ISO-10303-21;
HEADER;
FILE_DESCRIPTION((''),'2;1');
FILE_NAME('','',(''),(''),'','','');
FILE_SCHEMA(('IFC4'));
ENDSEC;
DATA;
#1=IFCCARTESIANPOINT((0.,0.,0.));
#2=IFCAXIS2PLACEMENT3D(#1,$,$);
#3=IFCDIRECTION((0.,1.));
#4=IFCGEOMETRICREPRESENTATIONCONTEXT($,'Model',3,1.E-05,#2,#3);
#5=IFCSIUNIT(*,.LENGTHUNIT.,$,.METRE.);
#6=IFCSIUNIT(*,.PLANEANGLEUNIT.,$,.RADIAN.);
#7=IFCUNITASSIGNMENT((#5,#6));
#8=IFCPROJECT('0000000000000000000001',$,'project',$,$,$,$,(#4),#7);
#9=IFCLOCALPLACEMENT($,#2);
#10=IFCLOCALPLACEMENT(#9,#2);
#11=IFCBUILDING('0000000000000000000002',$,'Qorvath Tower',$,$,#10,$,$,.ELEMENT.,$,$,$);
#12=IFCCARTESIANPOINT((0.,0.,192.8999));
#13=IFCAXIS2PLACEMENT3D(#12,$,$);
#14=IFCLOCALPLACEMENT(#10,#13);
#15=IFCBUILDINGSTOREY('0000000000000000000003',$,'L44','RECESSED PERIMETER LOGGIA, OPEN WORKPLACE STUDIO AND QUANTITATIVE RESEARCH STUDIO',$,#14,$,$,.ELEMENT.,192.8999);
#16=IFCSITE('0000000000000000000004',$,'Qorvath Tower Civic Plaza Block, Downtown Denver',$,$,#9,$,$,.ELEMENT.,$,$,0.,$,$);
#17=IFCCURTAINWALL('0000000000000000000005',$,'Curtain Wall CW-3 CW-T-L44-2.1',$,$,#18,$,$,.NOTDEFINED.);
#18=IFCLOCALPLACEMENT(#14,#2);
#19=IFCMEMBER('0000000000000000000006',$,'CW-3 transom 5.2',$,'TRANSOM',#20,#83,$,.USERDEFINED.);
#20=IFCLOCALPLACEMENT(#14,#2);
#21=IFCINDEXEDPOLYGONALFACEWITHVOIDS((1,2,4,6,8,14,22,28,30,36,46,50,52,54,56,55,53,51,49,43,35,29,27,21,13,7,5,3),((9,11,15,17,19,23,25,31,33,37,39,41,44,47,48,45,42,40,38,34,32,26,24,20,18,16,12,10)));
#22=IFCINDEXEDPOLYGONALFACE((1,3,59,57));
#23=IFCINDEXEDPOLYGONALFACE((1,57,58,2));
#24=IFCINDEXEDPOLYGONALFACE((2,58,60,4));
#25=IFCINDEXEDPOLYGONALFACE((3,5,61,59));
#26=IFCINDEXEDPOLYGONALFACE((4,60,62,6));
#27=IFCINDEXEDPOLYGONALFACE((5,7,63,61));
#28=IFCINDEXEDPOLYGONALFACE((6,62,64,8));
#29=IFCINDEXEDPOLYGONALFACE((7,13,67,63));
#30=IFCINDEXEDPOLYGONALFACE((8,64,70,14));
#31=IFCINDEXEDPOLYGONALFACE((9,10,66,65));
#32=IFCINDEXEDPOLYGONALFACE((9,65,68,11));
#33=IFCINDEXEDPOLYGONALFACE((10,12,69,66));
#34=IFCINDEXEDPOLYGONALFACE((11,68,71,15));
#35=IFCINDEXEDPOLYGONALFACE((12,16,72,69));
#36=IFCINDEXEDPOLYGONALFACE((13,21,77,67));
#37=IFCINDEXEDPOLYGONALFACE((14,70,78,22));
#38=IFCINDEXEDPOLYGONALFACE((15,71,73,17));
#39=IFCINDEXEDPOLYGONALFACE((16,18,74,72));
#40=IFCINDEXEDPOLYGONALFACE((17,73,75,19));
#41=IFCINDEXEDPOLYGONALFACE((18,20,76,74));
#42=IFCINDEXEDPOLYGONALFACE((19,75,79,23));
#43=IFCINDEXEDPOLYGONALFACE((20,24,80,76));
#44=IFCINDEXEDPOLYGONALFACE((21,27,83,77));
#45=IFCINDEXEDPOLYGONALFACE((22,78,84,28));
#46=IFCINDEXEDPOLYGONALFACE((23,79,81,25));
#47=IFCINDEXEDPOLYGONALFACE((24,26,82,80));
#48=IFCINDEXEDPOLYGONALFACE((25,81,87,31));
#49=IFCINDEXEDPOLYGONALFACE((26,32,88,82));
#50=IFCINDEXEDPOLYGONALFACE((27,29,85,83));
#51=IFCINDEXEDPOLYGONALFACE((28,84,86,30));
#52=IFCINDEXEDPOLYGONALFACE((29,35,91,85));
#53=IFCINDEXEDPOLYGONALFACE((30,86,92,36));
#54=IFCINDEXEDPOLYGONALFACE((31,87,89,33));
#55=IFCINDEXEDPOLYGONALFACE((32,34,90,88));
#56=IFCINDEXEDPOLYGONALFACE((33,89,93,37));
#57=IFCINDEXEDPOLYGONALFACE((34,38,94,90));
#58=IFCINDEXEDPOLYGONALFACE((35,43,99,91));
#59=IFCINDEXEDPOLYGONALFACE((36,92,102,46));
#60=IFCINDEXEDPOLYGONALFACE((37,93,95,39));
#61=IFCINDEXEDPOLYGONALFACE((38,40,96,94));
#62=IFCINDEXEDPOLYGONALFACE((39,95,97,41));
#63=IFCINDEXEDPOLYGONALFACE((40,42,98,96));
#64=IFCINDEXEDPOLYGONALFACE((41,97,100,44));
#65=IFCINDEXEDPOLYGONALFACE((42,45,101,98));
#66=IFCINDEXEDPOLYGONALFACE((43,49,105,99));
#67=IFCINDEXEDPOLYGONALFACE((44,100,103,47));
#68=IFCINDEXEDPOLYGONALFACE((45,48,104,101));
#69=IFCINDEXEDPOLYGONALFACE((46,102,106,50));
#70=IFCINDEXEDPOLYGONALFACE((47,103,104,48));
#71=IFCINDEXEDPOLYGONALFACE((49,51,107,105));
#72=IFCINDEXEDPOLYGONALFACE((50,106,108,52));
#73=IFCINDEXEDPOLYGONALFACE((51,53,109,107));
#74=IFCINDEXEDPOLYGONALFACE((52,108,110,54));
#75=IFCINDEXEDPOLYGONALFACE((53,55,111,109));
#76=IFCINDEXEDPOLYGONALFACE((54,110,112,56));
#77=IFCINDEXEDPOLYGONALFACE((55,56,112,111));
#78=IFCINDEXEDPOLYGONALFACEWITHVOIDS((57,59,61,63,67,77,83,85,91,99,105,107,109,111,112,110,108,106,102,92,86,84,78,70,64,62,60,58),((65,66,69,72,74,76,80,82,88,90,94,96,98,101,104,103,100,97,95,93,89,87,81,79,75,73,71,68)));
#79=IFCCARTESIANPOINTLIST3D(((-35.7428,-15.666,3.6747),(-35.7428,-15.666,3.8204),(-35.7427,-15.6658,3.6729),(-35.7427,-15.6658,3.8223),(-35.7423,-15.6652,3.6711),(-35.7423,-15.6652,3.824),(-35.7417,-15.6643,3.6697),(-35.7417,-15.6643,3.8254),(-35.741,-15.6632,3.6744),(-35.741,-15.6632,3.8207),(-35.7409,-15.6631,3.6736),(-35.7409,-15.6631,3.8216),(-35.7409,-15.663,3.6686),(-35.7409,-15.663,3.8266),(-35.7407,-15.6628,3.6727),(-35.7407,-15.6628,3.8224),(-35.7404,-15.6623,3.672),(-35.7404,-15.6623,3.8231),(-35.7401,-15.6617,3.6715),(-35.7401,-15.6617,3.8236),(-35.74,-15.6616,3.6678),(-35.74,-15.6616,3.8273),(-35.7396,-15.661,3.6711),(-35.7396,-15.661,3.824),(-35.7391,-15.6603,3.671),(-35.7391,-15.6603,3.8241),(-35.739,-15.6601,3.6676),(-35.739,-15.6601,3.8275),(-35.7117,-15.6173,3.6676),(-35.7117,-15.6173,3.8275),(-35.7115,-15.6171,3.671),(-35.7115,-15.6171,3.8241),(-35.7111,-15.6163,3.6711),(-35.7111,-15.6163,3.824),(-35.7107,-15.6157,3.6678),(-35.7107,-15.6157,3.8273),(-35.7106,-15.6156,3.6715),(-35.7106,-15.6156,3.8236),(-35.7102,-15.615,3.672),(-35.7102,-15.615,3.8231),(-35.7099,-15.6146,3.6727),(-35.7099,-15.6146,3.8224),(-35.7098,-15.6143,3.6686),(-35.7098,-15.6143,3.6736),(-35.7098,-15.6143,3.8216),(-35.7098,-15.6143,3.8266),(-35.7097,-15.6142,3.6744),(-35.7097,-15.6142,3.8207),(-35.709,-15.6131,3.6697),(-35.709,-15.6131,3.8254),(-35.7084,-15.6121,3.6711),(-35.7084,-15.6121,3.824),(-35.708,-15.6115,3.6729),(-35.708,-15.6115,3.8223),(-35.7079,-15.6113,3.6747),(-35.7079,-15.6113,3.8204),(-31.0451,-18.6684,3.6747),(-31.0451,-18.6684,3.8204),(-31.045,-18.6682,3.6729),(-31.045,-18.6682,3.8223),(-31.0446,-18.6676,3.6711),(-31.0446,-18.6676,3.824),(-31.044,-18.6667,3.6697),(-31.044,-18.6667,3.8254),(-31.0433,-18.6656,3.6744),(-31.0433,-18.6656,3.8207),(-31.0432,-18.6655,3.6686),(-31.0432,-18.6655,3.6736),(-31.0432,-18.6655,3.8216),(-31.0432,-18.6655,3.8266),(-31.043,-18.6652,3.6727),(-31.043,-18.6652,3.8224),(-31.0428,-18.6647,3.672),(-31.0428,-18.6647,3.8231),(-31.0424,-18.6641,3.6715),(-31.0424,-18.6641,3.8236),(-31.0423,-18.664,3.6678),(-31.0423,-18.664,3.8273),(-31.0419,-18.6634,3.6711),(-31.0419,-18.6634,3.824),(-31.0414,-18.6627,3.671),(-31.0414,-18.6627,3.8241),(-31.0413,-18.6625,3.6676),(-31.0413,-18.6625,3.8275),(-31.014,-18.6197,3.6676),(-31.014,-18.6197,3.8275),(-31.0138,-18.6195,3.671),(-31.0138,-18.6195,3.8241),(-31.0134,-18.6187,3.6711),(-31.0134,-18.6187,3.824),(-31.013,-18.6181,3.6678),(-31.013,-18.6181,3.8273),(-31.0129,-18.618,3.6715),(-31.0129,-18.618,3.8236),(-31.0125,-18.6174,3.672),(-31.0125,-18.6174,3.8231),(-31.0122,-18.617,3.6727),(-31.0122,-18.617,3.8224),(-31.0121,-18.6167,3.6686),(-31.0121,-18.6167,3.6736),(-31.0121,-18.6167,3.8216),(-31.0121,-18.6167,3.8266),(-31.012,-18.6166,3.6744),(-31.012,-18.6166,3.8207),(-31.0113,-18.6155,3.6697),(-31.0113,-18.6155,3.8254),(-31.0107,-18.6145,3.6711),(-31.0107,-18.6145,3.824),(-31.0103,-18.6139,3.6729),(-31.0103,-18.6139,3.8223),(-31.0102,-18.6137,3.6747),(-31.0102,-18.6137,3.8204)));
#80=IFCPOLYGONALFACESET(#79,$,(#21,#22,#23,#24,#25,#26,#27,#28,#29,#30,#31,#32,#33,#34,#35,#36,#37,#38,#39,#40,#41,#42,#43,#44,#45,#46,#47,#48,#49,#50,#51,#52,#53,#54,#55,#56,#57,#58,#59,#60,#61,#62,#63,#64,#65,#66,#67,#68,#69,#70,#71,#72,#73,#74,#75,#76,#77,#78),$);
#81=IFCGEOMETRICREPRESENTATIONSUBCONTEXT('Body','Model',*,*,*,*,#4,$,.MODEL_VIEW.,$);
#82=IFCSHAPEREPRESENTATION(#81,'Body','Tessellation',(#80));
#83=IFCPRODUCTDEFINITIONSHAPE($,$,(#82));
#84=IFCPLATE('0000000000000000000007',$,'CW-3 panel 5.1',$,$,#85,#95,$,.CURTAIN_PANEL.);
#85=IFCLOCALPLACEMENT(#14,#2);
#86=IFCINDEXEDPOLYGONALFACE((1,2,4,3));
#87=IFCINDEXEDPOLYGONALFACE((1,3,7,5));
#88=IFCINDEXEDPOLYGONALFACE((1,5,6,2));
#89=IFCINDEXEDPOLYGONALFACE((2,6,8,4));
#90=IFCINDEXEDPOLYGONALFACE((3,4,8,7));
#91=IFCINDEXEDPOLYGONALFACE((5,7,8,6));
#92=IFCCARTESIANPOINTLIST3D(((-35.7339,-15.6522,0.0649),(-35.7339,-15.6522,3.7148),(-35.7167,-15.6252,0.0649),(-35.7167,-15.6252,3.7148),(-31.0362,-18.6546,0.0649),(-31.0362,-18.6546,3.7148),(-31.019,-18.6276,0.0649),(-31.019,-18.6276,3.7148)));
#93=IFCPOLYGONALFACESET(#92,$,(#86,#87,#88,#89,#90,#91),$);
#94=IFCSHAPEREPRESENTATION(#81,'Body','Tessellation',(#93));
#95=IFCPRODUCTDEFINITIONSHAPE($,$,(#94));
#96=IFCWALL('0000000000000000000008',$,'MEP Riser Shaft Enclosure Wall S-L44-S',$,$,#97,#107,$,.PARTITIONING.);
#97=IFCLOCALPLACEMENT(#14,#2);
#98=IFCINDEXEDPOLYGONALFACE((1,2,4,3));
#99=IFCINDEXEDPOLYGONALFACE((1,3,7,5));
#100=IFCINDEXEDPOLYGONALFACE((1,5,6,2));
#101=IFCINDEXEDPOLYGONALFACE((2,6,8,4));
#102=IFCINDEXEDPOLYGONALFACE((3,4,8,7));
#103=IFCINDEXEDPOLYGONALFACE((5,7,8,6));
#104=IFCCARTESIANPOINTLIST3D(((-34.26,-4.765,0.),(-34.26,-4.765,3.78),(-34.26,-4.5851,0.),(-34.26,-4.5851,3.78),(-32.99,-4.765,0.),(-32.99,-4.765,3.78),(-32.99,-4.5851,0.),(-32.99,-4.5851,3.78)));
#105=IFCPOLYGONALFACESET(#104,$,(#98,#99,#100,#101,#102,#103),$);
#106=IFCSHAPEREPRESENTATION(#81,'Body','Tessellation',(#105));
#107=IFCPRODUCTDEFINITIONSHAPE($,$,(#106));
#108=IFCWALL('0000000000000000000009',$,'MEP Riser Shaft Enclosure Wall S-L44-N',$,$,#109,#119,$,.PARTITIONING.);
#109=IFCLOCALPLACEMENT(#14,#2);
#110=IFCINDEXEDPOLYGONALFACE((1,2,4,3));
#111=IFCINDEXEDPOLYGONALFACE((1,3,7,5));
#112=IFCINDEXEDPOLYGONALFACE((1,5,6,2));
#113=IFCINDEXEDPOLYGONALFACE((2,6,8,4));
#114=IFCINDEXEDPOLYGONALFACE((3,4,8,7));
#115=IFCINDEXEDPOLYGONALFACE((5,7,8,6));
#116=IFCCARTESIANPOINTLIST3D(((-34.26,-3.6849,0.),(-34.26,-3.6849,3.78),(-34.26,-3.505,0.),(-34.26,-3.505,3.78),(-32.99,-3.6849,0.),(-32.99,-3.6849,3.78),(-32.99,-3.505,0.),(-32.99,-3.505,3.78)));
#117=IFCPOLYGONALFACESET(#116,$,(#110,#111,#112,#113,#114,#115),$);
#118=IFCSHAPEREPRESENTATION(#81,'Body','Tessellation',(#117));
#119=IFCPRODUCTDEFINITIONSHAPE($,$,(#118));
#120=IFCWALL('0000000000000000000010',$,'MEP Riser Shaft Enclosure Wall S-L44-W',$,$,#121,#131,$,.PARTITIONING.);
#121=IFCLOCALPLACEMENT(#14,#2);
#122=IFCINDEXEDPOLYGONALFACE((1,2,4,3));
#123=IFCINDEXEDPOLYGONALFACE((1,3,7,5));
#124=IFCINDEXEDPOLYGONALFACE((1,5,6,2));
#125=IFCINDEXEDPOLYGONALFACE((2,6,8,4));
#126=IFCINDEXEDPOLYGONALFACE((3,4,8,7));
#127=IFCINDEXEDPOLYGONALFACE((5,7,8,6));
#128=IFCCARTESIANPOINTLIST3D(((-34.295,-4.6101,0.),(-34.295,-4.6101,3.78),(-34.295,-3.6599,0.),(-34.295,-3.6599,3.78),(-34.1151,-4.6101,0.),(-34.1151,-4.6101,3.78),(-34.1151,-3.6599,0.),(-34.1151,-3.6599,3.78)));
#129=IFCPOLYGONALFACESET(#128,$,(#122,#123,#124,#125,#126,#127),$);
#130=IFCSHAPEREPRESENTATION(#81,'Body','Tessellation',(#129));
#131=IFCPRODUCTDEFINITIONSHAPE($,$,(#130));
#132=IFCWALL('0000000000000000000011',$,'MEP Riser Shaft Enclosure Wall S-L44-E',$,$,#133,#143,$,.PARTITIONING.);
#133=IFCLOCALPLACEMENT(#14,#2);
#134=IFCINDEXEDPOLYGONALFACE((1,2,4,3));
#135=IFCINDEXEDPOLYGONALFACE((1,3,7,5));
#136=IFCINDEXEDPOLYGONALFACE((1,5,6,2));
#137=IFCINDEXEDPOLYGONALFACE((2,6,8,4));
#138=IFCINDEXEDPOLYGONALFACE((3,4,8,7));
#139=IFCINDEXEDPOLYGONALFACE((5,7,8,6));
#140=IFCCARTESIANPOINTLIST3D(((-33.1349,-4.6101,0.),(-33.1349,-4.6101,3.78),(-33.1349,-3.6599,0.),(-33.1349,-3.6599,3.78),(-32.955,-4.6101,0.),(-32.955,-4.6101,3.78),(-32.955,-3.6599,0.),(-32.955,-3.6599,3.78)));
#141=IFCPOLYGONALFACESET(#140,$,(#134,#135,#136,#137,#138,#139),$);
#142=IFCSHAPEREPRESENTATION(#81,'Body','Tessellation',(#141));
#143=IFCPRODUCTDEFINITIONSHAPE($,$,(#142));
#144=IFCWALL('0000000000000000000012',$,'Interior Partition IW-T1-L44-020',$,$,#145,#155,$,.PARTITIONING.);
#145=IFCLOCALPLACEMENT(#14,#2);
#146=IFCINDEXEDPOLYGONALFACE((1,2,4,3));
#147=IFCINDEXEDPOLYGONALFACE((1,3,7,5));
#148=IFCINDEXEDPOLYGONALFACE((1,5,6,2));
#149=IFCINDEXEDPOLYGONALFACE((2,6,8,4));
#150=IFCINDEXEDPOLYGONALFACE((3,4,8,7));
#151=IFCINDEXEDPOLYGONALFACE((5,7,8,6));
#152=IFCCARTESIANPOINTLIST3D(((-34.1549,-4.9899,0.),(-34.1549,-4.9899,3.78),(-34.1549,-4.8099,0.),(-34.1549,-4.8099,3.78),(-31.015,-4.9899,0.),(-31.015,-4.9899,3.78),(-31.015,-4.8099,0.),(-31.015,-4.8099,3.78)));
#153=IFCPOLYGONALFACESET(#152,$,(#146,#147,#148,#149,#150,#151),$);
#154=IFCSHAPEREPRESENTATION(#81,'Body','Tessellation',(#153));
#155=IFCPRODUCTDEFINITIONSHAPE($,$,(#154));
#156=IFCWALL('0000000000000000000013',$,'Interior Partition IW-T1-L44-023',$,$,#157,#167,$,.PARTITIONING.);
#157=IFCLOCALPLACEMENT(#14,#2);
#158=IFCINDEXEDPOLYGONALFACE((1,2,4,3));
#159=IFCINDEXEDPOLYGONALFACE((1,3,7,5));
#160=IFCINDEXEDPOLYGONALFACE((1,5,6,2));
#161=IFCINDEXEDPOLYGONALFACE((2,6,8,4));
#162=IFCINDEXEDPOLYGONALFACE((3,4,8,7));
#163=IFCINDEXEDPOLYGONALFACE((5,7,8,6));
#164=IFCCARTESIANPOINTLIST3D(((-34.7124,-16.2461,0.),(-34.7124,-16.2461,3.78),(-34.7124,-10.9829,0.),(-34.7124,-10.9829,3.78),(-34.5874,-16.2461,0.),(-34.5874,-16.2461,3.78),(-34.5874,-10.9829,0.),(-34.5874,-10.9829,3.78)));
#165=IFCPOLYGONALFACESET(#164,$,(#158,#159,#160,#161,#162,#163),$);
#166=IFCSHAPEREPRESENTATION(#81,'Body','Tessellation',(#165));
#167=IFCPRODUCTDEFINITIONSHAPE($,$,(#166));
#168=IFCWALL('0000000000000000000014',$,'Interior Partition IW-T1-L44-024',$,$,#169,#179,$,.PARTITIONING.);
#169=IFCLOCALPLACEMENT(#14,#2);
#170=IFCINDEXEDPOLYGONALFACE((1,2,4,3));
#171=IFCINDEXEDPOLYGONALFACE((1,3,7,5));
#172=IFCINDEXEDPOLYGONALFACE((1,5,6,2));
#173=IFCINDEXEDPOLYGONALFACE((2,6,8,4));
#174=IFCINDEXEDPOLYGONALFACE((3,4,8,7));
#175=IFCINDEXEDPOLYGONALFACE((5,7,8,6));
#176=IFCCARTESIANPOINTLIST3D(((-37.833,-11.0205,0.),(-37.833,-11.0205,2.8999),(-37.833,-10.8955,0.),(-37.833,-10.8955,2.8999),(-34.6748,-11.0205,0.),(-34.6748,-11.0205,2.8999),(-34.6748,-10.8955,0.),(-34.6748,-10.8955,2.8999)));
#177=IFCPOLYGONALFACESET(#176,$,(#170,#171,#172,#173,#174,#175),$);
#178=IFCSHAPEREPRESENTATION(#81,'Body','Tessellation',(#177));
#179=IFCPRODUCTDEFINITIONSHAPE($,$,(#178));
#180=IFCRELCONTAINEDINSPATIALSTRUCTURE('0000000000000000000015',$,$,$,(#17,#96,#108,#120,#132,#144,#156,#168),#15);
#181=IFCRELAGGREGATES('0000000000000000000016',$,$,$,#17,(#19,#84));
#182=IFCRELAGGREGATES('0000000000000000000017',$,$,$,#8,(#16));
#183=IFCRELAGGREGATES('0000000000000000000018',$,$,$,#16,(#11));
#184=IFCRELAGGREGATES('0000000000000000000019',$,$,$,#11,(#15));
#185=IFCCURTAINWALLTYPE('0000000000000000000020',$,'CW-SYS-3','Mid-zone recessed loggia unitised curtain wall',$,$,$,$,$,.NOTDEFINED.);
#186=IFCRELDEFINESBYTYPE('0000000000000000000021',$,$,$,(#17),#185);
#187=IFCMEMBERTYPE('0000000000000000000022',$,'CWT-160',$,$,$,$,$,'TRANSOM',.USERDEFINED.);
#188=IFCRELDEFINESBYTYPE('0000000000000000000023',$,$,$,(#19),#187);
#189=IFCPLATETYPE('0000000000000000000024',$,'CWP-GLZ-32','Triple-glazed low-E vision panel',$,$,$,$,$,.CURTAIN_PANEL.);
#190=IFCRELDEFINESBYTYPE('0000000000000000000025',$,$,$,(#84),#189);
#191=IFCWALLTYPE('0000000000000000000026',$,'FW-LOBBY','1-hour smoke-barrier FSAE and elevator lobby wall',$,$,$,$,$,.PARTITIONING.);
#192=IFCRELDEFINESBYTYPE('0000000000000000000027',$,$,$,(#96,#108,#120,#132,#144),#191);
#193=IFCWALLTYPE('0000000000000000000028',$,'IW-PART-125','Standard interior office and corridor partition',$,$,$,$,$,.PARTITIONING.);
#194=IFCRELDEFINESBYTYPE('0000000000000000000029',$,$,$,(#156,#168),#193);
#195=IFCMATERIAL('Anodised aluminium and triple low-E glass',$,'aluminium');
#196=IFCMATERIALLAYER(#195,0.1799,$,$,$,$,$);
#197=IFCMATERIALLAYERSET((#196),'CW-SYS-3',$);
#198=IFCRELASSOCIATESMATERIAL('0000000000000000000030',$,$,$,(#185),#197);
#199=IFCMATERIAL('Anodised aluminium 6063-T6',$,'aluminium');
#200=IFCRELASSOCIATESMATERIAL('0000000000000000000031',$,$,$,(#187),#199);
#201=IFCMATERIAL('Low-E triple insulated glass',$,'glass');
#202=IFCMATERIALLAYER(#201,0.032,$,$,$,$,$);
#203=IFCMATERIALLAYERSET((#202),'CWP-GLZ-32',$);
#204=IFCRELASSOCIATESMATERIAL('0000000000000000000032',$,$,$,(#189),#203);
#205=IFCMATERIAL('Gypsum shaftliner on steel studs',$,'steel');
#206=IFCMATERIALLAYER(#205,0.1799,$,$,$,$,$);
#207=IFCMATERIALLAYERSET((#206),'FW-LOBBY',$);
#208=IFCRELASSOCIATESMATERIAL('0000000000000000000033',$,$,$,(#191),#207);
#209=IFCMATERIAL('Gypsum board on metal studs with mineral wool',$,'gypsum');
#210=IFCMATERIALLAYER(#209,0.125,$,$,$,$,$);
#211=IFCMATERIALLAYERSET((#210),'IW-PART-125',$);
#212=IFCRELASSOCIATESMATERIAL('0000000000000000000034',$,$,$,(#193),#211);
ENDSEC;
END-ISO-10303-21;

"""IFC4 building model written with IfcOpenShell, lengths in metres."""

from ifc_helpers import new_model, si_unit, direction, frame, frame_2d, origin, origin_2d, place, context, subcontext, project, spatial, rectangle, hollow_rectangle, extrude, material, layer, layer_set, material_profile, profile_set, type_object, element, aggregate, save


model = new_model("IFC4")

# Units and contexts
model_context = context("Model", 3, precision=1e-05, world=origin(), true_north=direction((0.0, 1.0)))
body_context = subcontext(model_context, "Body", "Model", "MODEL_VIEW")
ifc_project = project(units=[si_unit("LENGTHUNIT", "METRE"), si_unit("PLANEANGLEUNIT", "RADIAN")], contexts=[model_context])

# Site, building, storey
site_placement = place(None, origin())
site = spatial("IfcSite", under=ifc_project, at=site_placement, Name="Qorvath Tower Civic Plaza Block, Downtown Denver", CompositionType="ELEMENT", RefElevation=0.0)
building_placement = place(site_placement, origin())
building = spatial("IfcBuilding", under=site, at=building_placement, Name="Qorvath Tower", CompositionType="ELEMENT")
storey_placement = place(building_placement, frame((0.0, 0.0, 192.8999)))
storey = spatial("IfcBuildingStorey", under=building, at=storey_placement, Name="L44", Description="RECESSED PERIMETER LOGGIA, OPEN WORKPLACE STUDIO AND QUANTITATIVE RESEARCH STUDIO", CompositionType="ELEMENT", Elevation=192.8999)

# Curtain wall, member, plate
ifc_material_1 = material(Name="Anodised aluminium and triple low-E glass", Category="aluminium")
ifc_layer_1 = layer(ifc_material_1, 0.1799)
ifc_layer_set_1 = layer_set([ifc_layer_1], Name="CW-SYS-3")
curtain_wall_type = type_object("IfcCurtainWallType", Name="CW-SYS-3", Description="Mid-zone recessed loggia unitised curtain wall", PredefinedType="NOTDEFINED", material=ifc_layer_set_1)
curtain_wall_placement = place(storey_placement, origin())
curtain_wall = element("IfcCurtainWall", 1, at=curtain_wall_placement, inside=storey, type_object=curtain_wall_type, Name="Curtain Wall CW-3 CW-T-L44-2.1", PredefinedType="NOTDEFINED")
ifc_material_2 = material(Name="Anodised aluminium 6063-T6", Category="aluminium")
ifc_material_profile_1 = material_profile(ifc_material_2, hollow_rectangle(XDim=0.0649, YDim=0.1599, WallThickness=0.0034, InnerFilletRadius=0.0034, OuterFilletRadius=0.0071, at=origin_2d()), Name="CWT 160x65")
ifc_profile_set_1 = profile_set([ifc_material_profile_1], Name="Anodised aluminium 6063-T6")
member_type_1 = type_object("IfcMemberType", Name="CWT-160", ElementType="TRANSOM", PredefinedType="USERDEFINED", material=ifc_profile_set_1)
member_1_placement = place(storey_placement, frame((-35.7253, -15.6387, 3.7476), z_axis=(0.842607, -0.538529, 0.0), x_axis=(0.538529, 0.842607, 0.0)))
member_1 = element("IfcMember", 2, at=member_1_placement, type_object=member_type_1, Name="CW-3 transom 5.2", ObjectType="TRANSOM", PredefinedType="USERDEFINED", context=body_context, shape_type="SweptSolid", body=[
    extrude(hollow_rectangle(XDim=0.0649, YDim=0.1599, WallThickness=0.0034, InnerFilletRadius=0.0034, OuterFilletRadius=0.0071, at=origin_2d()), origin(), (0.0, 0.0, 1.0), 5.5752),
])
ifc_material_3 = material(Name="Low-E triple insulated glass", Category="glass")
ifc_layer_2 = layer(ifc_material_3, 0.032)
ifc_layer_set_2 = layer_set([ifc_layer_2], Name="CWP-GLZ-32")
plate_type = type_object("IfcPlateType", Name="CWP-GLZ-32", Description="Triple-glazed low-E vision panel", PredefinedType="CURTAIN_PANEL", material=ifc_layer_set_2)
plate_placement = place(storey_placement, frame((-33.3765, -17.1399, 0.0649), z_axis=(0.0, 0.0, 1.0), x_axis=(0.842604, -0.538534, 0.0)))
plate = element("IfcPlate", 3, at=plate_placement, type_object=plate_type, Name="CW-3 panel 5.1", PredefinedType="CURTAIN_PANEL", context=body_context, shape_type="SweptSolid", body=[
    extrude(rectangle(XDim=5.5752, YDim=0.032, at=origin_2d()), origin(), (0.0, 0.0, 1.0), 3.6499),
])
aggregate(curtain_wall, [member_1, plate])

# Walls
ifc_material_4 = material(Name="Gypsum shaftliner on steel studs", Category="steel")
ifc_layer_3 = layer(ifc_material_4, 0.1799)
ifc_layer_set_3 = layer_set([ifc_layer_3], Name="FW-LOBBY")
wall_type_1 = type_object("IfcWallType", Name="FW-LOBBY", Description="1-hour smoke-barrier FSAE and elevator lobby wall", PredefinedType="PARTITIONING", material=ifc_layer_set_3)
for number, where, z_axis, x_axis, name in (
    (4, (-32.99, -4.675, 0.0), (0.0, 0.0, 1.0), (-1.0, 0.0, 0.0), "MEP Riser Shaft Enclosure Wall S-L44-S"),
    (5, (-34.26, -3.595, 0.0), (0.0, 0.0, 1.0), (1.0, 0.0, 0.0), "MEP Riser Shaft Enclosure Wall S-L44-N"),
):
    element("IfcWall", number, at=place(storey_placement, frame(where, z_axis=z_axis, x_axis=x_axis)), inside=storey, type_object=wall_type_1, Name=name, PredefinedType="PARTITIONING", context=body_context, shape_type="SweptSolid", body=[
        extrude(rectangle(XDim=1.27, YDim=0.1799, at=frame_2d((0.635, 0.0))), origin(), (0.0, 0.0, 1.0), 3.78),
    ])
for number, where, z_axis, x_axis, name in (
    (6, (-34.2051, -4.6101, 0.0), (0.0, 0.0, 1.0), (0.0, 1.0, 0.0), "MEP Riser Shaft Enclosure Wall S-L44-W"),
    (7, (-33.0449, -3.6599, 0.0), (0.0, 0.0, 1.0), (0.0, -1.0, 0.0), "MEP Riser Shaft Enclosure Wall S-L44-E"),
):
    element("IfcWall", number, at=place(storey_placement, frame(where, z_axis=z_axis, x_axis=x_axis)), inside=storey, type_object=wall_type_1, Name=name, PredefinedType="PARTITIONING", context=body_context, shape_type="SweptSolid", body=[
        extrude(rectangle(XDim=0.9502, YDim=0.1799, at=frame_2d((0.4751, 0.0))), origin(), (0.0, 0.0, 1.0), 3.78),
    ])
wall_1_placement = place(storey_placement, frame((-34.1548, -4.8999, 0.0), z_axis=(0.0, 0.0, 1.0), x_axis=(1.0, 0.0, 0.0)))
element("IfcWall", 8, at=wall_1_placement, inside=storey, type_object=wall_type_1, Name="Interior Partition IW-T1-L44-020", PredefinedType="PARTITIONING", context=body_context, shape_type="SweptSolid", body=[
    extrude(rectangle(XDim=3.1399, YDim=0.1799, at=frame_2d((1.5698, 0.0))), origin(), (0.0, 0.0, 1.0), 3.78),
])
ifc_material_5 = material(Name="Gypsum board on metal studs with mineral wool", Category="gypsum")
ifc_layer_4 = layer(ifc_material_5, 0.125)
ifc_layer_set_4 = layer_set([ifc_layer_4], Name="IW-PART-125")
wall_type_2 = type_object("IfcWallType", Name="IW-PART-125", Description="Standard interior office and corridor partition", PredefinedType="PARTITIONING", material=ifc_layer_set_4)
wall_2_placement = place(storey_placement, frame((-34.6499, -16.2461, 0.0), z_axis=(0.0, 0.0, 1.0), x_axis=(0.0, 1.0, 0.0)))
element("IfcWall", 9, at=wall_2_placement, inside=storey, type_object=wall_type_2, Name="Interior Partition IW-T1-L44-023", PredefinedType="PARTITIONING", context=body_context, shape_type="SweptSolid", body=[
    extrude(rectangle(XDim=5.2632, YDim=0.125, at=frame_2d((2.6316, 0.0))), origin(), (0.0, 0.0, 1.0), 3.78),
])
wall_3_placement = place(storey_placement, frame((-37.833, -10.958, 0.0), z_axis=(0.0, 0.0, 1.0), x_axis=(1.0, 0.0, 0.0)))
element("IfcWall", 10, at=wall_3_placement, inside=storey, type_object=wall_type_2, Name="Interior Partition IW-T1-L44-024", PredefinedType="PARTITIONING", context=body_context, shape_type="SweptSolid", body=[
    extrude(rectangle(XDim=3.1582, YDim=0.125, at=frame_2d((1.5791, 0.0))), origin(), (0.0, 0.0, 1.0), 2.8999),
])

save(model, "model.ifc")
